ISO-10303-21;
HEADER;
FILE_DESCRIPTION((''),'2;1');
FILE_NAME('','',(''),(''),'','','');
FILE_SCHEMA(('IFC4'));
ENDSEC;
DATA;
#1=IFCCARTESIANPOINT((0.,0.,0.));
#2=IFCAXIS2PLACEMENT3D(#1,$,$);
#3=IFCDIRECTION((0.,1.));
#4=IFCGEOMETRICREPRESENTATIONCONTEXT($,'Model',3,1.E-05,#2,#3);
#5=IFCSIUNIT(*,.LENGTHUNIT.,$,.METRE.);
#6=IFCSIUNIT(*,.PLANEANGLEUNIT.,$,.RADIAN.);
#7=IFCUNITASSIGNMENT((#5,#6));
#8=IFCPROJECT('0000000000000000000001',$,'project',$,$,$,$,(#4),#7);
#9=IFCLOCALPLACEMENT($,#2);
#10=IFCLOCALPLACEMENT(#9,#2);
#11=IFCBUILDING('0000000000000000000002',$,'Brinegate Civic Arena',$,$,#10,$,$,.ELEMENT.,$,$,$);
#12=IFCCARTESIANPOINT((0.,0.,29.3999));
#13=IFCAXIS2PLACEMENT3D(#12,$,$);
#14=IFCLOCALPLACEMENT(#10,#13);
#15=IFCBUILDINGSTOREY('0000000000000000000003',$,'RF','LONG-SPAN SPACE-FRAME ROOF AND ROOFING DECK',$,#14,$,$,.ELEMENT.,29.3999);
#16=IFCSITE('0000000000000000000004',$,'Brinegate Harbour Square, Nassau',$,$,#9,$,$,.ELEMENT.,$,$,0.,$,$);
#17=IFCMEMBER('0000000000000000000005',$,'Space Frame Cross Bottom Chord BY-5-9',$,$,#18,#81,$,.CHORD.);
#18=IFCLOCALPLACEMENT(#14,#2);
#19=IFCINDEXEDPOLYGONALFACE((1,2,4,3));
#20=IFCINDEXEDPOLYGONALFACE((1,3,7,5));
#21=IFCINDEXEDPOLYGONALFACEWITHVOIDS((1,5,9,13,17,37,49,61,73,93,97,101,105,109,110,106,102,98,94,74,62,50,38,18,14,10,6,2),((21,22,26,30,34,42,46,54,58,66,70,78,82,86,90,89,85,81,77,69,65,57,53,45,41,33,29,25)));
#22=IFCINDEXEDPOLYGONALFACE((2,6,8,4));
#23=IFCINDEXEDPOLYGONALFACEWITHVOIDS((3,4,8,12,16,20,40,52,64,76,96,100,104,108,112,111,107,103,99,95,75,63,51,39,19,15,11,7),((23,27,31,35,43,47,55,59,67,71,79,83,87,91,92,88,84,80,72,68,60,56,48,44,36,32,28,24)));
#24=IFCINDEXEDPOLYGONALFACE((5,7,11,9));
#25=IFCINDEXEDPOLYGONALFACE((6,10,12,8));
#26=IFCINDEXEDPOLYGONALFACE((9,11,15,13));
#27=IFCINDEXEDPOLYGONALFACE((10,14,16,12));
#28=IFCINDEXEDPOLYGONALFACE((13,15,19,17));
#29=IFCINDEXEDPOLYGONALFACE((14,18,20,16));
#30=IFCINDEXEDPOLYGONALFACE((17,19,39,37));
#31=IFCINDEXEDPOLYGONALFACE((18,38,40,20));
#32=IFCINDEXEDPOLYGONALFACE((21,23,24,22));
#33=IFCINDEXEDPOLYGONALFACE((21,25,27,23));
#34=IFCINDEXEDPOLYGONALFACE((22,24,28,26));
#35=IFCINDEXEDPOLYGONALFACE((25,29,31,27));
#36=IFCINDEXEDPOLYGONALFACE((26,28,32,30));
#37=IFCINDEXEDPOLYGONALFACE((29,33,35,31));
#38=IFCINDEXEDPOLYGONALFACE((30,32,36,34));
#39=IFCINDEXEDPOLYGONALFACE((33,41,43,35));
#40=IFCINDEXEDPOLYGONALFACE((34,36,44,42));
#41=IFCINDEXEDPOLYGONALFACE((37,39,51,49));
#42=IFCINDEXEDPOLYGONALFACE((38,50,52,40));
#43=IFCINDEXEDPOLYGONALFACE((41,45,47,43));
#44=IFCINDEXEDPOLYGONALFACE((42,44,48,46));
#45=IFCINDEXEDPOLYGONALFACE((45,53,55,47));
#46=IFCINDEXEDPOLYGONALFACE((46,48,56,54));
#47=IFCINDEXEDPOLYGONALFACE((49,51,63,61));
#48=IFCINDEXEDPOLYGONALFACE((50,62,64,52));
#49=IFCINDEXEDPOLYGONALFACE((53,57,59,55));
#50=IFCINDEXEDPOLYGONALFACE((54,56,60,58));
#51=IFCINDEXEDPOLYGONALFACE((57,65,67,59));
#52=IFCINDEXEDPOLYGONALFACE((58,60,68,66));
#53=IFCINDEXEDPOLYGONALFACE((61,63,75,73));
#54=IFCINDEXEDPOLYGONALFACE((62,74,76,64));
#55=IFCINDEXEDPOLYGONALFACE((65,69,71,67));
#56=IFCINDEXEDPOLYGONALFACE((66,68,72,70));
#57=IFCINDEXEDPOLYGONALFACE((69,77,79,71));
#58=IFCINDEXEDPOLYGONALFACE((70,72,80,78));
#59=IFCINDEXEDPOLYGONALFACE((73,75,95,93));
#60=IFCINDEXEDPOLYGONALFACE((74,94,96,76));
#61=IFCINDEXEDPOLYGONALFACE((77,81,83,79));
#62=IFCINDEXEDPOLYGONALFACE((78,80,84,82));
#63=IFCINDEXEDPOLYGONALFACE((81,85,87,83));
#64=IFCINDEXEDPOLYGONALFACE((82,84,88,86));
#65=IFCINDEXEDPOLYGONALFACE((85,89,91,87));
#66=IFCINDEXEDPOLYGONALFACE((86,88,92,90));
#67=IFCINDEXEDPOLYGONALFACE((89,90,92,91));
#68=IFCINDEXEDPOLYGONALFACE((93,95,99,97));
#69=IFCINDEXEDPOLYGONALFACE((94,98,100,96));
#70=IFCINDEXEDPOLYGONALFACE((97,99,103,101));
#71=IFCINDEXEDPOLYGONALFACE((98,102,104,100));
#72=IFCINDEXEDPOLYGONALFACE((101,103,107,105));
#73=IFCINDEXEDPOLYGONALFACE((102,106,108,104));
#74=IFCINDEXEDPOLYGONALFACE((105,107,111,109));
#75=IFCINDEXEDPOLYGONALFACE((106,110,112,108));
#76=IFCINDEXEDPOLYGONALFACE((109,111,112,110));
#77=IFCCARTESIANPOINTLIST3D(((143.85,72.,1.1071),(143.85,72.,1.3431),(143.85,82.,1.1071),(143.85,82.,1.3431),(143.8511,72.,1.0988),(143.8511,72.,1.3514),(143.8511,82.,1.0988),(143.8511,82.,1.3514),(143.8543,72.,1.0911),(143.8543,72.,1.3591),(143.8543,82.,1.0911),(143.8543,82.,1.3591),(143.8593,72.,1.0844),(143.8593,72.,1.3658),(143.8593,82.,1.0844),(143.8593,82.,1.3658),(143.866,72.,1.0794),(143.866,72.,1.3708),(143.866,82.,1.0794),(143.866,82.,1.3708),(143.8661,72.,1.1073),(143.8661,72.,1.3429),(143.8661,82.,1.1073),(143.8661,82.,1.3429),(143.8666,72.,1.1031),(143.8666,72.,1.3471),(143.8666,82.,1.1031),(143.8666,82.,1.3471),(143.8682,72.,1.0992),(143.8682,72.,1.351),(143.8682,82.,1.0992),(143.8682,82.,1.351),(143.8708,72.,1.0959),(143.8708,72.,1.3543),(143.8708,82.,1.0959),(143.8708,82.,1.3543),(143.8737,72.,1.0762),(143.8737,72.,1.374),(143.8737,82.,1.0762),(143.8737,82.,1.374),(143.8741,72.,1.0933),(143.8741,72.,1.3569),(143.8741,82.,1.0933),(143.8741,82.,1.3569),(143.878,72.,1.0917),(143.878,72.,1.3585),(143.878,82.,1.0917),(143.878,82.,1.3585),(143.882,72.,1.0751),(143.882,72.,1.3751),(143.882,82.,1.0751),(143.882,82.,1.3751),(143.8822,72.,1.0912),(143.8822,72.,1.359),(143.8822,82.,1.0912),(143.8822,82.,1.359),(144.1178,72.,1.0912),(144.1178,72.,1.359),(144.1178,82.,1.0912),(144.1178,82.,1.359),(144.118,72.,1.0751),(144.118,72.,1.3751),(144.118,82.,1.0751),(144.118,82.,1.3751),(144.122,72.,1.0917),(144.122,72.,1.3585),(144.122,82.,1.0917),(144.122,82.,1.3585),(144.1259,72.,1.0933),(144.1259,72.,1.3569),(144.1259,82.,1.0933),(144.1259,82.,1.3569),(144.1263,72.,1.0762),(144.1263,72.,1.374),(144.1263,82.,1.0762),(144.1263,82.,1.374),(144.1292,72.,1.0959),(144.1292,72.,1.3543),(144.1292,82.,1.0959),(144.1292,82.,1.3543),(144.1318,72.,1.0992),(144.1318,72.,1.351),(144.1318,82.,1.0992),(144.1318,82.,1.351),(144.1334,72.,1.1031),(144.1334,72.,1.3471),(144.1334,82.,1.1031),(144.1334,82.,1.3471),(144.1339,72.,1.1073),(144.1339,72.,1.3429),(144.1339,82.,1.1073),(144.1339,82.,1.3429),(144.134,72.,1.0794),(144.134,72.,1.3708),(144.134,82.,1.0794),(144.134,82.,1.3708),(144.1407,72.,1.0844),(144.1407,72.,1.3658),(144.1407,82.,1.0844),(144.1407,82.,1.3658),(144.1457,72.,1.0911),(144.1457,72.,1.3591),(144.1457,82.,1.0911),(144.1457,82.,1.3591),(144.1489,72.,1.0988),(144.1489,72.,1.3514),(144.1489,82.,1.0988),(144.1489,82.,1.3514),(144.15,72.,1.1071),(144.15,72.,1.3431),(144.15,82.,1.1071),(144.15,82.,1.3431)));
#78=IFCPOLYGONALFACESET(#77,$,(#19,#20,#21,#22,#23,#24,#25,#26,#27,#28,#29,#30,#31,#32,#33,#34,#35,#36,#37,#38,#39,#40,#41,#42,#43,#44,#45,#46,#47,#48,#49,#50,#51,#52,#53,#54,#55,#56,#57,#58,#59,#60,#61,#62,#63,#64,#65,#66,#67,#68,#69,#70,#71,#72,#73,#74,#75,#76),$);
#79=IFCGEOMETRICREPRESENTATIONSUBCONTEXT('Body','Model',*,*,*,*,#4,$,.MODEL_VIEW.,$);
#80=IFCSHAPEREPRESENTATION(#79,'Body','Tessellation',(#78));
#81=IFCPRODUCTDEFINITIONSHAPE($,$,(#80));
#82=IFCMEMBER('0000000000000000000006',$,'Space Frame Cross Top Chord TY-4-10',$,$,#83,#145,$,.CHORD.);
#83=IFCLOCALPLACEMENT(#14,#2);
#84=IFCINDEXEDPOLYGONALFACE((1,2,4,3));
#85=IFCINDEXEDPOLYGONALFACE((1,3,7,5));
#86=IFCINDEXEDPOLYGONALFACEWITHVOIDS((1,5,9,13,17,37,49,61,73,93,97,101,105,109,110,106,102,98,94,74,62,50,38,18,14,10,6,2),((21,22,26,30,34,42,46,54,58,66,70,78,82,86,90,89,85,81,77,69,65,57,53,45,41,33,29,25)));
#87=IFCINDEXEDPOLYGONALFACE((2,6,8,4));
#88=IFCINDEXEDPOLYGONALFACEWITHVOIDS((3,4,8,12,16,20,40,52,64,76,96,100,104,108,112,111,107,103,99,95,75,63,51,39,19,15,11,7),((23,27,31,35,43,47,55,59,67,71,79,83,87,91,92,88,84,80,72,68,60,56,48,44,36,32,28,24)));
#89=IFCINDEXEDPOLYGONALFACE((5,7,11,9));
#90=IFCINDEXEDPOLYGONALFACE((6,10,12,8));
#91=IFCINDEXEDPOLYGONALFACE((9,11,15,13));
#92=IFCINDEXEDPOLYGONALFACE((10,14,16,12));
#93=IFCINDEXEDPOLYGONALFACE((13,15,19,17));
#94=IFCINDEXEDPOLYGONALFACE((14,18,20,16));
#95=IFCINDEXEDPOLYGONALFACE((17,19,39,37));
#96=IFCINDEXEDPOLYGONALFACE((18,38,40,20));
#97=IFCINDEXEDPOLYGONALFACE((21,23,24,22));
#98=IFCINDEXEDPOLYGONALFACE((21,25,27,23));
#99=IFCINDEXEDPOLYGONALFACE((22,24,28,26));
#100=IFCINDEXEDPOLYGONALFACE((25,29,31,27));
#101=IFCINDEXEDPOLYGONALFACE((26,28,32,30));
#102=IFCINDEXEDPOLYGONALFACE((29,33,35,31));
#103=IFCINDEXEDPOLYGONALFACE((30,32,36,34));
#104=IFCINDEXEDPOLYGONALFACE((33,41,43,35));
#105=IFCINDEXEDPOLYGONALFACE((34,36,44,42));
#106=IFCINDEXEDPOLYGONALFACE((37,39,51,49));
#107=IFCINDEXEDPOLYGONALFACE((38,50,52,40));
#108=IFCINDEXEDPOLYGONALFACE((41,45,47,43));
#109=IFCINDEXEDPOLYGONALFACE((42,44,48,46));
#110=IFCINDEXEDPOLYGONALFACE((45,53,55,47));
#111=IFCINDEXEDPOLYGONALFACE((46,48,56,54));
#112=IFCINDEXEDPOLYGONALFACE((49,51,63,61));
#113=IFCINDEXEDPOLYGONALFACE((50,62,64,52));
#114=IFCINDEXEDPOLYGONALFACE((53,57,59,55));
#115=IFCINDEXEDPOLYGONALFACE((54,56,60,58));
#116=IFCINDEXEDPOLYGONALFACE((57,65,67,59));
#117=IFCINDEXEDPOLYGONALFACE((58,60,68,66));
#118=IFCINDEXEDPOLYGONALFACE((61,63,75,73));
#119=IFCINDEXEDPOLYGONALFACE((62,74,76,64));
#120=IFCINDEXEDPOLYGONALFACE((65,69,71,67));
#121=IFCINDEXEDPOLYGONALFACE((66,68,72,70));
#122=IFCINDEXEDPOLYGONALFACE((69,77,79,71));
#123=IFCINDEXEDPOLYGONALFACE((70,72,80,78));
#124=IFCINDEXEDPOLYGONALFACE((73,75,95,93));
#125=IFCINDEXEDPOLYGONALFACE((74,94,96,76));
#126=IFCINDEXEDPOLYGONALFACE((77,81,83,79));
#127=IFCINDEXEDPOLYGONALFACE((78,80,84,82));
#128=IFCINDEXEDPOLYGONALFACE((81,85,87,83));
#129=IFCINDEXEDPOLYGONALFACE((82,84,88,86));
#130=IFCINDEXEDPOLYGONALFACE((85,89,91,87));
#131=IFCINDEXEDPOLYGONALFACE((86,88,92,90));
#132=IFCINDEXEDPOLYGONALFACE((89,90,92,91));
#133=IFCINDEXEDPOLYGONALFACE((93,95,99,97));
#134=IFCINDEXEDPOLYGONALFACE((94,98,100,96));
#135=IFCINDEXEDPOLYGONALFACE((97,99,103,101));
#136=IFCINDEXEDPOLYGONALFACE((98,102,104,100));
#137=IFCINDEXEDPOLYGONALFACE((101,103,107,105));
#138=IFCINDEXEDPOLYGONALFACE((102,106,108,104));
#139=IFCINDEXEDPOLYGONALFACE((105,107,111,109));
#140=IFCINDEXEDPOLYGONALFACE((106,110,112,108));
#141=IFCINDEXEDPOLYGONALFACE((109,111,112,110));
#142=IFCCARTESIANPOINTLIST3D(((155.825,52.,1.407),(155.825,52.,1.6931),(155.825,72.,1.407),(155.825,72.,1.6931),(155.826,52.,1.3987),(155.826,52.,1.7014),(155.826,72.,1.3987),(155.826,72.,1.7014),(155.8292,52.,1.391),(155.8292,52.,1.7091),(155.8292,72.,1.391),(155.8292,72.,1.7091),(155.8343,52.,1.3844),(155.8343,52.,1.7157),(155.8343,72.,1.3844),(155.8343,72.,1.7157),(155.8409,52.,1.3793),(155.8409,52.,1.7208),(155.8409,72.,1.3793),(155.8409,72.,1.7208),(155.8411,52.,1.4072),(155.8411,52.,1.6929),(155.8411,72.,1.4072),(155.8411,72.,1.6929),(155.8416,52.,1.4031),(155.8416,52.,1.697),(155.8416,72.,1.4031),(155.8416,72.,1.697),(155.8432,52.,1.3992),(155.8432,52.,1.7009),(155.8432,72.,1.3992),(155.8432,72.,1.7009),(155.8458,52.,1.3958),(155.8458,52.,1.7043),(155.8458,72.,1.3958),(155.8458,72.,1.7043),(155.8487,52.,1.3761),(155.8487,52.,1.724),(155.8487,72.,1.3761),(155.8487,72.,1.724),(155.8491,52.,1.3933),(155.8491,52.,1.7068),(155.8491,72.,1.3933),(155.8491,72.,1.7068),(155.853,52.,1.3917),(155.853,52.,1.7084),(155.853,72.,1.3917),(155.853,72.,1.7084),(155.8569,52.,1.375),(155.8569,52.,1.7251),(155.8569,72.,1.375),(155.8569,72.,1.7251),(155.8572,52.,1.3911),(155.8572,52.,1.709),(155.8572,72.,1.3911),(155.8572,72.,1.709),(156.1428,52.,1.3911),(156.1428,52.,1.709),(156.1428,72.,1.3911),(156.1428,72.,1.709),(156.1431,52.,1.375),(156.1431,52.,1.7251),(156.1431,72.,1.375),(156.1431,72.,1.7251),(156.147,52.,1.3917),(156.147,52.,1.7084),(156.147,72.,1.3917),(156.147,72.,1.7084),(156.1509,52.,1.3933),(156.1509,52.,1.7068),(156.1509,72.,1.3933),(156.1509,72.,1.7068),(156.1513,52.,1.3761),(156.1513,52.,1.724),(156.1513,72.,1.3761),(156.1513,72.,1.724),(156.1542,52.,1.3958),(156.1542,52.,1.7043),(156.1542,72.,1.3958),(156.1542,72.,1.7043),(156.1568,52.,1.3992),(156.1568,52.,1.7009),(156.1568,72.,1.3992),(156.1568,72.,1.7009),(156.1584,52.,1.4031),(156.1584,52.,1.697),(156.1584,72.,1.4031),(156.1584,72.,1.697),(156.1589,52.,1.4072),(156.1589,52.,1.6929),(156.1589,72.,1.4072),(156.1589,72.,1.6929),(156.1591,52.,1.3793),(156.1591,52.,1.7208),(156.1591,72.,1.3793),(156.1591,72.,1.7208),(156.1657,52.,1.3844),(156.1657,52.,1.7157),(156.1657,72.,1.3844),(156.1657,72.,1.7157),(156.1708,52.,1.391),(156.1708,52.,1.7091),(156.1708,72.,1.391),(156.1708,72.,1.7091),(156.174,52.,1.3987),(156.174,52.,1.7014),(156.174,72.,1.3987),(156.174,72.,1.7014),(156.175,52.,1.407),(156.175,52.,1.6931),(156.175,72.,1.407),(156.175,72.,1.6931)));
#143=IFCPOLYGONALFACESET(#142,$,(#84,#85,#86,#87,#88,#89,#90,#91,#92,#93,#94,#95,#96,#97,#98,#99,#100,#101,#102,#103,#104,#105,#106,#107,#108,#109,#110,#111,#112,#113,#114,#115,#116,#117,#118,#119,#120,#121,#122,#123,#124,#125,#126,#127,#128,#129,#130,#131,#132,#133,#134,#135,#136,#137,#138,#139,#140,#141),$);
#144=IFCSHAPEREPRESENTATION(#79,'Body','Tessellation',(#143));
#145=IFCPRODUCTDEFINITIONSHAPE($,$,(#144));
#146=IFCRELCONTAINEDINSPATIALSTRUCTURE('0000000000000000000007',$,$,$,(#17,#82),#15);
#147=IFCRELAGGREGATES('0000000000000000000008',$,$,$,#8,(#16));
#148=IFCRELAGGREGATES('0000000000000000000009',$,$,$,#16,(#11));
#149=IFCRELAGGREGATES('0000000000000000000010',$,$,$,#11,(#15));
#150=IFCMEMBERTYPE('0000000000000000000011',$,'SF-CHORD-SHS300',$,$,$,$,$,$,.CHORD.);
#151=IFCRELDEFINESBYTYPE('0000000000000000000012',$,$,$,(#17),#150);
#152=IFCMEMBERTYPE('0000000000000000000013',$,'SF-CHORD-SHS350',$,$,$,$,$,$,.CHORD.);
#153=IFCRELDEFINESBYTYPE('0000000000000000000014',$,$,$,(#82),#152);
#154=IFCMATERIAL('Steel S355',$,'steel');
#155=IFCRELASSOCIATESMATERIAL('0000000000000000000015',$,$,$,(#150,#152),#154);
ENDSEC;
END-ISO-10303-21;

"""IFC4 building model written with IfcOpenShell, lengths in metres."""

from ifc_helpers import new_model, si_unit, direction, frame, origin, origin_2d, place, context, subcontext, project, spatial, hollow_rectangle, extrude, material, material_profile, profile_set, type_object, element, save


model = new_model("IFC4")

# Units and contexts
model_context = context("Model", 3, precision=1e-05, world=origin(), true_north=direction((0.0, 1.0)))
body_context = subcontext(model_context, "Body", "Model", "MODEL_VIEW")
ifc_project = project(units=[si_unit("LENGTHUNIT", "METRE"), si_unit("PLANEANGLEUNIT", "RADIAN")], contexts=[model_context])

# Site, building, storey
site_placement = place(None, origin())
site = spatial("IfcSite", under=ifc_project, at=site_placement, Name="Brinegate Harbour Square, Nassau", CompositionType="ELEMENT", RefElevation=0.0)
building_placement = place(site_placement, origin())
building = spatial("IfcBuilding", under=site, at=building_placement, Name="Brinegate Civic Arena", CompositionType="ELEMENT")
storey_placement = place(building_placement, frame((0.0, 0.0, 29.3999)))
storey = spatial("IfcBuildingStorey", under=building, at=storey_placement, Name="RF", Description="LONG-SPAN SPACE-FRAME ROOF AND ROOFING DECK", CompositionType="ELEMENT", Elevation=29.3999)

# Shared definitions
ifc_material_1 = material(Name="Steel S355", Category="steel")

# Members
ifc_material_profile_1 = material_profile(ifc_material_1, hollow_rectangle(XDim=0.3, YDim=0.3, WallThickness=0.0161, InnerFilletRadius=0.0161, OuterFilletRadius=0.032, at=origin_2d()), Name="SHS300X16")
ifc_profile_set_1 = profile_set([ifc_material_profile_1], Name="Steel S355")
member_type_1 = type_object("IfcMemberType", Name="SF-CHORD-SHS300", PredefinedType="CHORD", material=ifc_profile_set_1)
for number, where, z_axis, x_axis, name in (
    (1, (144.0, 72.0, 1.2251), (0.0, 1.0, 0.0), (-1.0, 0.0, 0.0), "Space Frame Cross Bottom Chord BY-5-9"),
):
    element("IfcMember", number, at=place(storey_placement, frame(where, z_axis=z_axis, x_axis=x_axis)), inside=storey, type_object=member_type_1, Name=name, PredefinedType="CHORD", context=body_context, shape_type="SweptSolid", body=[
        extrude(hollow_rectangle(XDim=0.3, YDim=0.3, WallThickness=0.0161, InnerFilletRadius=0.0161, OuterFilletRadius=0.032, at=origin_2d()), origin(), (0.0, 0.0, 1.0), 10.0),
    ])
ifc_material_profile_2 = material_profile(ifc_material_1, hollow_rectangle(XDim=0.3501, YDim=0.3501, WallThickness=0.0161, InnerFilletRadius=0.0161, OuterFilletRadius=0.032, at=origin_2d()), Name="SHS350X16")
ifc_profile_set_2 = profile_set([ifc_material_profile_2], Name="Steel S355")
member_type_2 = type_object("IfcMemberType", Name="SF-CHORD-SHS350", PredefinedType="CHORD", material=ifc_profile_set_2)
member_1_placement = place(storey_placement, frame((156.0, 52.0, 1.55), z_axis=(0.0, 1.0, 0.0), x_axis=(-1.0, 0.0, 0.0)))
element("IfcMember", 2, at=member_1_placement, inside=storey, type_object=member_type_2, Name="Space Frame Cross Top Chord TY-4-10", PredefinedType="CHORD", context=body_context, shape_type="SweptSolid", body=[
    extrude(hollow_rectangle(XDim=0.3501, YDim=0.3501, WallThickness=0.0161, InnerFilletRadius=0.0161, OuterFilletRadius=0.032, at=origin_2d()), origin(), (0.0, 0.0, 1.0), 20.0),
])

save(model, "model.ifc")
